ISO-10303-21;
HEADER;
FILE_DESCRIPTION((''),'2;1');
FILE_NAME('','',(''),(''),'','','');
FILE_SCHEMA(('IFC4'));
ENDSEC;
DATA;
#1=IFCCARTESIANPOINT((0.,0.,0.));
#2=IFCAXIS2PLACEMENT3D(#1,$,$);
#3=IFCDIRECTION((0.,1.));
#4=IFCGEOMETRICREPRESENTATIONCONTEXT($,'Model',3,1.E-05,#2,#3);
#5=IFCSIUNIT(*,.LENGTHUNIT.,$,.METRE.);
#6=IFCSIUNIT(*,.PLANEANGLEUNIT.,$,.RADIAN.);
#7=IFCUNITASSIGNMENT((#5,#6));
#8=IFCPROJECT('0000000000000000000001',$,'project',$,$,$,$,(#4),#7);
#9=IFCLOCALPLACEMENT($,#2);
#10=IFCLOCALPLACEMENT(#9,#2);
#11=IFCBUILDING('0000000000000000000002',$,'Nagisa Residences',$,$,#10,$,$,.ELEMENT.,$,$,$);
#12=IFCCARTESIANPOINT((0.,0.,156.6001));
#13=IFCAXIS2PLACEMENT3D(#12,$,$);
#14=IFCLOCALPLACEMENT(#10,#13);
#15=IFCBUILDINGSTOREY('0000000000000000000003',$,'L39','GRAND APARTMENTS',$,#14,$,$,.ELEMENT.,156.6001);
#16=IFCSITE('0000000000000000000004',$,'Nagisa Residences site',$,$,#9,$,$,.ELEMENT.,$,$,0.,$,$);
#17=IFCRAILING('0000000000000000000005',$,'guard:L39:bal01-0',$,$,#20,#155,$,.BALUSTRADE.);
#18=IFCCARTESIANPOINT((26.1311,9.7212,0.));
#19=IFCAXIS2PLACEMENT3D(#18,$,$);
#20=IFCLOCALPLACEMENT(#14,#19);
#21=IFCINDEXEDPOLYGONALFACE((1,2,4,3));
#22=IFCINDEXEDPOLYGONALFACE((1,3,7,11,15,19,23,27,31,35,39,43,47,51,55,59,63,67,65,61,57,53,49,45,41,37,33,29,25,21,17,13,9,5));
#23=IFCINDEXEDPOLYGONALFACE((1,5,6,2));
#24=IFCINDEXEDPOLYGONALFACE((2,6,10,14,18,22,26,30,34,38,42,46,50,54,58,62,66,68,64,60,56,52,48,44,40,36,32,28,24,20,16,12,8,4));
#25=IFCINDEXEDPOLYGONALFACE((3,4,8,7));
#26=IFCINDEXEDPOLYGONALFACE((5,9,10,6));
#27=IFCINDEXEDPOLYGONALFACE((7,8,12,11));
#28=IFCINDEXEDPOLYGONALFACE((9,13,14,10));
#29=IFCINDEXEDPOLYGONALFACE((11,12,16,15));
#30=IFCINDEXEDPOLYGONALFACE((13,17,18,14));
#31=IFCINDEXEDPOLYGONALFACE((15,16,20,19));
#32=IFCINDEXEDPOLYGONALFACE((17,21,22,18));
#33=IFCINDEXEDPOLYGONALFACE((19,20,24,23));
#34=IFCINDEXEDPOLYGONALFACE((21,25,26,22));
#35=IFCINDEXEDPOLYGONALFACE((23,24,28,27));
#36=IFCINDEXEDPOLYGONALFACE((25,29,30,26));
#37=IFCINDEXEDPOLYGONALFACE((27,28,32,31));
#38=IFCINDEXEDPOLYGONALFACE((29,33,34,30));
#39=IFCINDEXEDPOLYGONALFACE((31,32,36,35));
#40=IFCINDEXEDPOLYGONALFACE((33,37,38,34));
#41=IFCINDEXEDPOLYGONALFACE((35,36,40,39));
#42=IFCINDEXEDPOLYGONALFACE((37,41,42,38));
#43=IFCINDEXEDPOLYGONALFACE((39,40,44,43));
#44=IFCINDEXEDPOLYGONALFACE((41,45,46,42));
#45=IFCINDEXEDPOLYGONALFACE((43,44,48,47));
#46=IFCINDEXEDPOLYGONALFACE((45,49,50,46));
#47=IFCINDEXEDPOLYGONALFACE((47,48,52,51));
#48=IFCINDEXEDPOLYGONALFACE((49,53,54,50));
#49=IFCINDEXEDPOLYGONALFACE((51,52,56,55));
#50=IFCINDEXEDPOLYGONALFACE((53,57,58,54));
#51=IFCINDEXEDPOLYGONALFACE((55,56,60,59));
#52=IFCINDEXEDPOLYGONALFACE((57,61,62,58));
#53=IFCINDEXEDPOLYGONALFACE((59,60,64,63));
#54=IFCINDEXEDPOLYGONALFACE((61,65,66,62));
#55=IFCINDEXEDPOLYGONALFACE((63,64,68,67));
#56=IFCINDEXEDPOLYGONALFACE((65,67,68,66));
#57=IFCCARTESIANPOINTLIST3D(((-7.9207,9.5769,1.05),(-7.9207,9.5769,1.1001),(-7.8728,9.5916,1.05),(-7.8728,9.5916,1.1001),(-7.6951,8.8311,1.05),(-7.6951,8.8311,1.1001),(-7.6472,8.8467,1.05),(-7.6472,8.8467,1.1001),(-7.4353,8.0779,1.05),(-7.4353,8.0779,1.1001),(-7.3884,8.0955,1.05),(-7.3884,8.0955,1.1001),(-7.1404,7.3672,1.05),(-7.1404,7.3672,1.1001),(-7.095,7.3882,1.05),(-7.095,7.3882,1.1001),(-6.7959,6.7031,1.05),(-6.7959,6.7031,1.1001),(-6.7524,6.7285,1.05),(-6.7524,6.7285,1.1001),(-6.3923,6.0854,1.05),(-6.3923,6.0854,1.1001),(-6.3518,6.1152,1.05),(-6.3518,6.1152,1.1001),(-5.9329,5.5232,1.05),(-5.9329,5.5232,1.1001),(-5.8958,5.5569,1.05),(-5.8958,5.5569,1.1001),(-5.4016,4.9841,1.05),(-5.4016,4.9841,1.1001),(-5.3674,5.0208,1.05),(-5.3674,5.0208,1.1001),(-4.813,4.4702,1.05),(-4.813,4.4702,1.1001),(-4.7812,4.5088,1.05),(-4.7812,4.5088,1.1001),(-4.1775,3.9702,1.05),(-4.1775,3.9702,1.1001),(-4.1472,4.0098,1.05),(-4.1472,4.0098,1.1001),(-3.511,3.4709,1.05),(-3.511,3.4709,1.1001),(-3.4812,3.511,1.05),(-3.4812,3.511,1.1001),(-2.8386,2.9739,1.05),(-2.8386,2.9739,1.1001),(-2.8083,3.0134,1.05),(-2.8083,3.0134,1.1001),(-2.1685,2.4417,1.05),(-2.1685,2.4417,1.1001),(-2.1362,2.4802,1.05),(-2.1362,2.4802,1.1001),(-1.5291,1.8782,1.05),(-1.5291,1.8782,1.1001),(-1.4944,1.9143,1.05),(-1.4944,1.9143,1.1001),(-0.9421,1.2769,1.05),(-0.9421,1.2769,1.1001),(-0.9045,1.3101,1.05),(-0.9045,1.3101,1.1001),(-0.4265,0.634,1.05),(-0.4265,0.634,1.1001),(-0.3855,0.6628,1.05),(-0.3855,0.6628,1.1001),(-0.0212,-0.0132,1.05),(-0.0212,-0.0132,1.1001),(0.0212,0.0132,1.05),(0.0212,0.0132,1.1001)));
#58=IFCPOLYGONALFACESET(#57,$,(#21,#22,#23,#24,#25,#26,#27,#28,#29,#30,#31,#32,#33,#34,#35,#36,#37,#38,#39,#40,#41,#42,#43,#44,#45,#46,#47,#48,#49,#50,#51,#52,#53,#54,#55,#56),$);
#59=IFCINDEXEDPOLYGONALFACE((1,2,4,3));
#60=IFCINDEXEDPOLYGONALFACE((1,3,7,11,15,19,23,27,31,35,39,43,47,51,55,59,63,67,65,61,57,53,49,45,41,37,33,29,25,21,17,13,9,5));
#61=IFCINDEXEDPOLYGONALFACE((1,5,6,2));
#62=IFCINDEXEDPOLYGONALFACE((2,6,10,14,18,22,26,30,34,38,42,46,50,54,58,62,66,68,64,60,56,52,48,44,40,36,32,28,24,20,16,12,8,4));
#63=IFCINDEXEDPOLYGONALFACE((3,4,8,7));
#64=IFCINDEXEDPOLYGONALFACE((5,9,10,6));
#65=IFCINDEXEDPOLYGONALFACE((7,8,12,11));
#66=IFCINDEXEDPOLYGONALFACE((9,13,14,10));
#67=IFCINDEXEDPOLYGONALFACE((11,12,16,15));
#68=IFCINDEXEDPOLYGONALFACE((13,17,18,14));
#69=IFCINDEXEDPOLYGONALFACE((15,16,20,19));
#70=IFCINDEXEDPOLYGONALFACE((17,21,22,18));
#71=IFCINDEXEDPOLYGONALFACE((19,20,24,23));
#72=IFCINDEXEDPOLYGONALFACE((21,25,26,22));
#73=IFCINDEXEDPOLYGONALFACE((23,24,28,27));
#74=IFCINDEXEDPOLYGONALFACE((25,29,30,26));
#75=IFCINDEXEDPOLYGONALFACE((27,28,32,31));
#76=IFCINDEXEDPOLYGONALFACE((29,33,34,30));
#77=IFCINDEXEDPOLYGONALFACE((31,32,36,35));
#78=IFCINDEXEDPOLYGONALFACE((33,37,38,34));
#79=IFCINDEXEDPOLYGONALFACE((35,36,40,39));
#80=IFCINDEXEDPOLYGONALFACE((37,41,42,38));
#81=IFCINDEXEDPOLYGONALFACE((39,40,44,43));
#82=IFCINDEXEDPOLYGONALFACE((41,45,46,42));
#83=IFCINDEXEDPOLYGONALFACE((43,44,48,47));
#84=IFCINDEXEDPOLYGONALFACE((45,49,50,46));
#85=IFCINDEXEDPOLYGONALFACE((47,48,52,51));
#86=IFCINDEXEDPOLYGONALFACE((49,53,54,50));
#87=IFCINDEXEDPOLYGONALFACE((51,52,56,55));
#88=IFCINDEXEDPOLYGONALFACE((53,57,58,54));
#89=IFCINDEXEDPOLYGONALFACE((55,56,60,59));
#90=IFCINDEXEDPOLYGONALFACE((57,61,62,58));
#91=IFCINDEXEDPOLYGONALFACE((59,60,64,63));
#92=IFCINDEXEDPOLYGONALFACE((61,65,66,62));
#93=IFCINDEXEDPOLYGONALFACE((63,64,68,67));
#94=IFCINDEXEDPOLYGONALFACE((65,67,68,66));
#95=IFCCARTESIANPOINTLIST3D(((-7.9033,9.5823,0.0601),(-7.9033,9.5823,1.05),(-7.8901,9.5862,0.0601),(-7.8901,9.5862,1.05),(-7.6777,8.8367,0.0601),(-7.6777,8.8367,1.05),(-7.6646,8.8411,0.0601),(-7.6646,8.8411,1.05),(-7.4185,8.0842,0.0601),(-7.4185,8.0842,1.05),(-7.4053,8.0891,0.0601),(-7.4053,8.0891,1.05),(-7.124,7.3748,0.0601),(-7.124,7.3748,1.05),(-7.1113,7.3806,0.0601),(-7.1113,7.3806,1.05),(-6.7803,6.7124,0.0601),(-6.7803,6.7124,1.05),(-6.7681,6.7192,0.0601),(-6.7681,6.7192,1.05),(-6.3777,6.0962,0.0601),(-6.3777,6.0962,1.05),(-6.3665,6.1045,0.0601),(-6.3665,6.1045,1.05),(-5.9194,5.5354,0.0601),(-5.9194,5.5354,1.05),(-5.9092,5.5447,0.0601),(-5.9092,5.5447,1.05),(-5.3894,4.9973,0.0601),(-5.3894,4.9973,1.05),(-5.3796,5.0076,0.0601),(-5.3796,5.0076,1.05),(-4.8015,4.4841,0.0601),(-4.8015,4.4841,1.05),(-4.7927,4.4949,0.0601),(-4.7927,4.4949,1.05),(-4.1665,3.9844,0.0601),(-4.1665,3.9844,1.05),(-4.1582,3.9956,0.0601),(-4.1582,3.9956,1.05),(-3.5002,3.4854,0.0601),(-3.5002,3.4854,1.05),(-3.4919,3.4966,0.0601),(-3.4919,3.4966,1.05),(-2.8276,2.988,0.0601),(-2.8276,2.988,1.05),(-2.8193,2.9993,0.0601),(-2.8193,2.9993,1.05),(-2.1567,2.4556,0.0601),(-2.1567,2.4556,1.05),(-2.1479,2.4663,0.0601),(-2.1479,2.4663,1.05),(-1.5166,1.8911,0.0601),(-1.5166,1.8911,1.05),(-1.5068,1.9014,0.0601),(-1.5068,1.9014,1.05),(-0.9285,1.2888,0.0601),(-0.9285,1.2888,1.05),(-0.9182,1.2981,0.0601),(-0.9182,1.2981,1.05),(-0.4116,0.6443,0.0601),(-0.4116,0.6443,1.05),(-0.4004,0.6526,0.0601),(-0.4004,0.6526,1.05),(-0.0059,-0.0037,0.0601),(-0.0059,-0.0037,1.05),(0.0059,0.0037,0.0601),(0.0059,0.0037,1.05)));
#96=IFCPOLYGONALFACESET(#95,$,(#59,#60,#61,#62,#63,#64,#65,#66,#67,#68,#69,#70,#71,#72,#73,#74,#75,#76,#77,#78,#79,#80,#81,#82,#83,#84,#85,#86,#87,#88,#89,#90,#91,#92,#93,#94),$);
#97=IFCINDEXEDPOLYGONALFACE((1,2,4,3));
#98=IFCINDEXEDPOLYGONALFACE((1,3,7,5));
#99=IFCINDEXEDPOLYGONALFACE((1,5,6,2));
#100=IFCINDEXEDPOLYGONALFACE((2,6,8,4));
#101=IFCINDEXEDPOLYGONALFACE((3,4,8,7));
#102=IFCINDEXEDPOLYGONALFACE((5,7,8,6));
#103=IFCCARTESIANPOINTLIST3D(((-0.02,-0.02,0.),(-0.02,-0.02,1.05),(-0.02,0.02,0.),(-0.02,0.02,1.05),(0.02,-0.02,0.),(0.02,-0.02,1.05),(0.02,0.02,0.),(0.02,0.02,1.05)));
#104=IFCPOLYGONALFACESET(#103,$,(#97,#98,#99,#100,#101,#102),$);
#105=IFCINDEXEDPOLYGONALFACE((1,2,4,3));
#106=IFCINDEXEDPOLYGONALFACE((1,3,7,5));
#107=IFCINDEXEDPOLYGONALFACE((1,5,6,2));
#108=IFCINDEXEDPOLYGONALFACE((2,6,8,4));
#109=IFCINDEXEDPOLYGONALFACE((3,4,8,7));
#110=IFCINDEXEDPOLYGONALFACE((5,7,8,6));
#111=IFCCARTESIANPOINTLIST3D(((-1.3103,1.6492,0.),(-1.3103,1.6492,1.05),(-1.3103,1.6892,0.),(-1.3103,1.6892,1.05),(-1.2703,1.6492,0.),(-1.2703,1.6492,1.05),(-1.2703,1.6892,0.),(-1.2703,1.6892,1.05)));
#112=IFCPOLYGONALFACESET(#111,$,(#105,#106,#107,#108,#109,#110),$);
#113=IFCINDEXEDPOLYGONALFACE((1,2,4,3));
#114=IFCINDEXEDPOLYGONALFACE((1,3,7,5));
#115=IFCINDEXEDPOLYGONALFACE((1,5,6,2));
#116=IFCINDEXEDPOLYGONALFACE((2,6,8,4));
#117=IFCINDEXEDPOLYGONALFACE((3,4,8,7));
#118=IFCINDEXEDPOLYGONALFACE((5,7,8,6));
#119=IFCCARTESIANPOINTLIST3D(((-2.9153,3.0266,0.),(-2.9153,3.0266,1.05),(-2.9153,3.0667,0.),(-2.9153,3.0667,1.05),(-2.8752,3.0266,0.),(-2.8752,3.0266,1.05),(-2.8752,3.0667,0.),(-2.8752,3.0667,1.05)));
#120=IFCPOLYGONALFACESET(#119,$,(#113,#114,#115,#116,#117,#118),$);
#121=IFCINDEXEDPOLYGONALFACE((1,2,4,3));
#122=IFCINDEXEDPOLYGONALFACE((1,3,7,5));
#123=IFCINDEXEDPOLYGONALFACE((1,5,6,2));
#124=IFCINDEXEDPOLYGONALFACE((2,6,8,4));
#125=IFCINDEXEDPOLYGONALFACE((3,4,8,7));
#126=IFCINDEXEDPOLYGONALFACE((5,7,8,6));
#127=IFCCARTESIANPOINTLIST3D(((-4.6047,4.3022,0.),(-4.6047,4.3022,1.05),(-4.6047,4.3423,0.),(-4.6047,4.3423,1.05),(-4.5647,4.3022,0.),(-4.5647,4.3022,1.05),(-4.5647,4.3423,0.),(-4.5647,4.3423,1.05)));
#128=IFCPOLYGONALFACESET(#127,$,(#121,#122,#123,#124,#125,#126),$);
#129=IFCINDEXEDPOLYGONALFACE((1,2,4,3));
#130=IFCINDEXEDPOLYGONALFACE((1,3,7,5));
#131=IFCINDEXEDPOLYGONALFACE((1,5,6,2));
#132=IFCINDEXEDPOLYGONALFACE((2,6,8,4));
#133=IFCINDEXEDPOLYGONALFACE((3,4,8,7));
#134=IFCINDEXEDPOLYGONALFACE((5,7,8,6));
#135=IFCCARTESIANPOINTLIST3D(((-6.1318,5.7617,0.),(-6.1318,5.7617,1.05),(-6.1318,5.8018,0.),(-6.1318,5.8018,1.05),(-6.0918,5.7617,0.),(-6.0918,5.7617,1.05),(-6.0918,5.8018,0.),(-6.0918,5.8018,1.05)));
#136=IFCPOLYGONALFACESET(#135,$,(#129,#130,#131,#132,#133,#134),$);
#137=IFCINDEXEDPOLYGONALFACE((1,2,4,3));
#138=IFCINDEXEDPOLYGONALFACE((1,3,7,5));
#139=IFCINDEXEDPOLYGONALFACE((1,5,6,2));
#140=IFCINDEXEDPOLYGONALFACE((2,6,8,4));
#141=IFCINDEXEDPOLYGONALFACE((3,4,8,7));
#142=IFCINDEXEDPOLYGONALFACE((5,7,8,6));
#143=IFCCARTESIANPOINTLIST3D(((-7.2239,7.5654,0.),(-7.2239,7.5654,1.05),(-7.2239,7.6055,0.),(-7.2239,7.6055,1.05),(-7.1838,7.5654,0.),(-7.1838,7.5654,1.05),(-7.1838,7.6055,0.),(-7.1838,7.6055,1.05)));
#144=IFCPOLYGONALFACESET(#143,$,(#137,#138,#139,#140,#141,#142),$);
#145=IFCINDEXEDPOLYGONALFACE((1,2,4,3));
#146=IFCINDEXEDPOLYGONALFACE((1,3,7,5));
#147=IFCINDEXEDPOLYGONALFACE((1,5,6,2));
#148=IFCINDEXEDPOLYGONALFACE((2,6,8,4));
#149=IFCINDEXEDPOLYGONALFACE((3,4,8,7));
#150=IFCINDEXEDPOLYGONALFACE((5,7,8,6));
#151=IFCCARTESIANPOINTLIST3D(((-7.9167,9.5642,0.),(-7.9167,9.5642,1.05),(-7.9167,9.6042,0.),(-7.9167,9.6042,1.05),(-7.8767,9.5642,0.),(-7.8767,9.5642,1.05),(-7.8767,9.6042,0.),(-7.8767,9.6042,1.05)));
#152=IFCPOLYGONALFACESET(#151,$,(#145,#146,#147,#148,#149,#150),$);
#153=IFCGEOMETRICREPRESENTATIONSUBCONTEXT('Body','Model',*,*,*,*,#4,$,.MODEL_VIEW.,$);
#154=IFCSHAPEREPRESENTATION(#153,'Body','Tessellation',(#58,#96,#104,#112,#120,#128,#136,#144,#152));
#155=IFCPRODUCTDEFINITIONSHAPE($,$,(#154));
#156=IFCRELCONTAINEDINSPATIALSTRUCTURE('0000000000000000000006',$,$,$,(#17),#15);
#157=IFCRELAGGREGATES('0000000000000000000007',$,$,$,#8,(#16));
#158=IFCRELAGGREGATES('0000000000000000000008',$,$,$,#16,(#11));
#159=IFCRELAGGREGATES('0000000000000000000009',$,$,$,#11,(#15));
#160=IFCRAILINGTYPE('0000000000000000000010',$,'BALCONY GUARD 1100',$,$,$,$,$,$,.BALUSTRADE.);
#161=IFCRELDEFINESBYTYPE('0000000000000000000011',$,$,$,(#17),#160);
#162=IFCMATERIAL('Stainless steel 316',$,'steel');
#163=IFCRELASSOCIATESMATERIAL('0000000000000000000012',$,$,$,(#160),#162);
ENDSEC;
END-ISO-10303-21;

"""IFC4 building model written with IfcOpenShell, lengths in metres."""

from ifc_helpers import new_model, si_unit, direction, frame, origin, origin_2d, place, context, subcontext, project, spatial, polyline, rectangle, outline, extrude, material, type_object, element, save


model = new_model("IFC4")

# Units and contexts
model_context = context("Model", 3, precision=1e-05, world=origin(), true_north=direction((0.0, 1.0)))
body_context = subcontext(model_context, "Body", "Model", "MODEL_VIEW")
ifc_project = project(units=[si_unit("LENGTHUNIT", "METRE"), si_unit("PLANEANGLEUNIT", "RADIAN")], contexts=[model_context])

# Site, building, storey
site_placement = place(None, origin())
site = spatial("IfcSite", under=ifc_project, at=site_placement, Name="Nagisa Residences site", CompositionType="ELEMENT", RefElevation=0.0)
building_placement = place(site_placement, origin())
building = spatial("IfcBuilding", under=site, at=building_placement, Name="Nagisa Residences", CompositionType="ELEMENT")
storey_placement = place(building_placement, frame((0.0, 0.0, 156.6001)))
storey = spatial("IfcBuildingStorey", under=building, at=storey_placement, Name="L39", Description="GRAND APARTMENTS", CompositionType="ELEMENT", Elevation=156.6001)

# Railing
ifc_material_1 = material(Name="Stainless steel 316", Category="steel")
railing_type = type_object("IfcRailingType", Name="BALCONY GUARD 1100", PredefinedType="BALUSTRADE", material=ifc_material_1)
railing_1_placement = place(storey_placement, frame((26.1311, 9.7212, 0.0)))
element("IfcRailing", 1, at=railing_1_placement, inside=storey, type_object=railing_type, Name="guard:L39:bal01-0", PredefinedType="BALUSTRADE", context=body_context, shape_type="SweptSolid", body=[
    extrude(outline(polyline([(-0.4265, 0.634), (-0.0212, -0.0132), (0.0212, 0.0132), (-0.3855, 0.6628), (-0.9045, 1.3101), (-1.4944, 1.9143), (-2.1362, 2.4802), (-2.8083, 3.0134), (-3.4812, 3.511), (-4.1472, 4.0098), (-4.7812, 4.5088), (-5.3674, 5.0208), (-5.8958, 5.5569), (-6.3518, 6.1152), (-6.7524, 6.7285), (-7.095, 7.3882), (-7.3884, 8.0955), (-7.6472, 8.8467), (-7.8728, 9.5916), (-7.9207, 9.5769), (-7.6951, 8.8311), (-7.4353, 8.0779), (-7.1404, 7.3672), (-6.7959, 6.7031), (-6.3923, 6.0854), (-5.9329, 5.5232), (-5.4016, 4.9841), (-4.813, 4.4702), (-4.1775, 3.9702), (-3.511, 3.4709), (-2.8386, 2.9739), (-2.1685, 2.4417), (-1.5291, 1.8782), (-0.9421, 1.2769), (-0.4265, 0.634)])), frame((0.0, 0.0, 1.05)), (0.0, 0.0, 1.0), 0.05),
    extrude(outline(polyline([(-0.4116, 0.6443), (-0.0059, -0.0037), (0.0059, 0.0037), (-0.4004, 0.6526), (-0.9182, 1.2981), (-1.5068, 1.9014), (-2.1479, 2.4663), (-2.8193, 2.9993), (-3.4919, 3.4966), (-4.1582, 3.9956), (-4.7927, 4.4949), (-5.3796, 5.0076), (-5.9092, 5.5447), (-6.3665, 6.1045), (-6.7681, 6.7192), (-7.1113, 7.3806), (-7.4053, 8.0891), (-7.6646, 8.8411), (-7.8901, 9.5862), (-7.9033, 9.5823), (-7.6777, 8.8367), (-7.4185, 8.0842), (-7.124, 7.3748), (-6.7803, 6.7124), (-6.3777, 6.0962), (-5.9194, 5.5354), (-5.3894, 4.9973), (-4.8015, 4.4841), (-4.1665, 3.9844), (-3.5002, 3.4854), (-2.8276, 2.988), (-2.1567, 2.4556), (-1.5166, 1.8911), (-0.9285, 1.2888), (-0.4116, 0.6443)])), frame((0.0, 0.0, 0.0601)), (0.0, 0.0, 1.0), 0.99),
    extrude(rectangle(XDim=0.04, YDim=0.04, at=origin_2d()), origin(), (0.0, 0.0, 1.0), 1.05),
    extrude(rectangle(XDim=0.04, YDim=0.04, at=origin_2d()), frame((-1.2903, 1.6692, 0.0)), (0.0, 0.0, 1.0), 1.05),
    extrude(rectangle(XDim=0.04, YDim=0.04, at=origin_2d()), frame((-2.8953, 3.0466, 0.0)), (0.0, 0.0, 1.0), 1.05),
    extrude(rectangle(XDim=0.04, YDim=0.04, at=origin_2d()), frame((-4.5847, 4.3223, 0.0)), (0.0, 0.0, 1.0), 1.05),
    extrude(rectangle(XDim=0.04, YDim=0.04, at=origin_2d()), frame((-6.1118, 5.7817, 0.0)), (0.0, 0.0, 1.0), 1.05),
    extrude(rectangle(XDim=0.04, YDim=0.04, at=origin_2d()), frame((-7.2039, 7.5854, 0.0)), (0.0, 0.0, 1.0), 1.05),
    extrude(rectangle(XDim=0.04, YDim=0.04, at=origin_2d()), frame((-7.8967, 9.5842, 0.0)), (0.0, 0.0, 1.0), 1.05),
])

save(model, "model.ifc")
